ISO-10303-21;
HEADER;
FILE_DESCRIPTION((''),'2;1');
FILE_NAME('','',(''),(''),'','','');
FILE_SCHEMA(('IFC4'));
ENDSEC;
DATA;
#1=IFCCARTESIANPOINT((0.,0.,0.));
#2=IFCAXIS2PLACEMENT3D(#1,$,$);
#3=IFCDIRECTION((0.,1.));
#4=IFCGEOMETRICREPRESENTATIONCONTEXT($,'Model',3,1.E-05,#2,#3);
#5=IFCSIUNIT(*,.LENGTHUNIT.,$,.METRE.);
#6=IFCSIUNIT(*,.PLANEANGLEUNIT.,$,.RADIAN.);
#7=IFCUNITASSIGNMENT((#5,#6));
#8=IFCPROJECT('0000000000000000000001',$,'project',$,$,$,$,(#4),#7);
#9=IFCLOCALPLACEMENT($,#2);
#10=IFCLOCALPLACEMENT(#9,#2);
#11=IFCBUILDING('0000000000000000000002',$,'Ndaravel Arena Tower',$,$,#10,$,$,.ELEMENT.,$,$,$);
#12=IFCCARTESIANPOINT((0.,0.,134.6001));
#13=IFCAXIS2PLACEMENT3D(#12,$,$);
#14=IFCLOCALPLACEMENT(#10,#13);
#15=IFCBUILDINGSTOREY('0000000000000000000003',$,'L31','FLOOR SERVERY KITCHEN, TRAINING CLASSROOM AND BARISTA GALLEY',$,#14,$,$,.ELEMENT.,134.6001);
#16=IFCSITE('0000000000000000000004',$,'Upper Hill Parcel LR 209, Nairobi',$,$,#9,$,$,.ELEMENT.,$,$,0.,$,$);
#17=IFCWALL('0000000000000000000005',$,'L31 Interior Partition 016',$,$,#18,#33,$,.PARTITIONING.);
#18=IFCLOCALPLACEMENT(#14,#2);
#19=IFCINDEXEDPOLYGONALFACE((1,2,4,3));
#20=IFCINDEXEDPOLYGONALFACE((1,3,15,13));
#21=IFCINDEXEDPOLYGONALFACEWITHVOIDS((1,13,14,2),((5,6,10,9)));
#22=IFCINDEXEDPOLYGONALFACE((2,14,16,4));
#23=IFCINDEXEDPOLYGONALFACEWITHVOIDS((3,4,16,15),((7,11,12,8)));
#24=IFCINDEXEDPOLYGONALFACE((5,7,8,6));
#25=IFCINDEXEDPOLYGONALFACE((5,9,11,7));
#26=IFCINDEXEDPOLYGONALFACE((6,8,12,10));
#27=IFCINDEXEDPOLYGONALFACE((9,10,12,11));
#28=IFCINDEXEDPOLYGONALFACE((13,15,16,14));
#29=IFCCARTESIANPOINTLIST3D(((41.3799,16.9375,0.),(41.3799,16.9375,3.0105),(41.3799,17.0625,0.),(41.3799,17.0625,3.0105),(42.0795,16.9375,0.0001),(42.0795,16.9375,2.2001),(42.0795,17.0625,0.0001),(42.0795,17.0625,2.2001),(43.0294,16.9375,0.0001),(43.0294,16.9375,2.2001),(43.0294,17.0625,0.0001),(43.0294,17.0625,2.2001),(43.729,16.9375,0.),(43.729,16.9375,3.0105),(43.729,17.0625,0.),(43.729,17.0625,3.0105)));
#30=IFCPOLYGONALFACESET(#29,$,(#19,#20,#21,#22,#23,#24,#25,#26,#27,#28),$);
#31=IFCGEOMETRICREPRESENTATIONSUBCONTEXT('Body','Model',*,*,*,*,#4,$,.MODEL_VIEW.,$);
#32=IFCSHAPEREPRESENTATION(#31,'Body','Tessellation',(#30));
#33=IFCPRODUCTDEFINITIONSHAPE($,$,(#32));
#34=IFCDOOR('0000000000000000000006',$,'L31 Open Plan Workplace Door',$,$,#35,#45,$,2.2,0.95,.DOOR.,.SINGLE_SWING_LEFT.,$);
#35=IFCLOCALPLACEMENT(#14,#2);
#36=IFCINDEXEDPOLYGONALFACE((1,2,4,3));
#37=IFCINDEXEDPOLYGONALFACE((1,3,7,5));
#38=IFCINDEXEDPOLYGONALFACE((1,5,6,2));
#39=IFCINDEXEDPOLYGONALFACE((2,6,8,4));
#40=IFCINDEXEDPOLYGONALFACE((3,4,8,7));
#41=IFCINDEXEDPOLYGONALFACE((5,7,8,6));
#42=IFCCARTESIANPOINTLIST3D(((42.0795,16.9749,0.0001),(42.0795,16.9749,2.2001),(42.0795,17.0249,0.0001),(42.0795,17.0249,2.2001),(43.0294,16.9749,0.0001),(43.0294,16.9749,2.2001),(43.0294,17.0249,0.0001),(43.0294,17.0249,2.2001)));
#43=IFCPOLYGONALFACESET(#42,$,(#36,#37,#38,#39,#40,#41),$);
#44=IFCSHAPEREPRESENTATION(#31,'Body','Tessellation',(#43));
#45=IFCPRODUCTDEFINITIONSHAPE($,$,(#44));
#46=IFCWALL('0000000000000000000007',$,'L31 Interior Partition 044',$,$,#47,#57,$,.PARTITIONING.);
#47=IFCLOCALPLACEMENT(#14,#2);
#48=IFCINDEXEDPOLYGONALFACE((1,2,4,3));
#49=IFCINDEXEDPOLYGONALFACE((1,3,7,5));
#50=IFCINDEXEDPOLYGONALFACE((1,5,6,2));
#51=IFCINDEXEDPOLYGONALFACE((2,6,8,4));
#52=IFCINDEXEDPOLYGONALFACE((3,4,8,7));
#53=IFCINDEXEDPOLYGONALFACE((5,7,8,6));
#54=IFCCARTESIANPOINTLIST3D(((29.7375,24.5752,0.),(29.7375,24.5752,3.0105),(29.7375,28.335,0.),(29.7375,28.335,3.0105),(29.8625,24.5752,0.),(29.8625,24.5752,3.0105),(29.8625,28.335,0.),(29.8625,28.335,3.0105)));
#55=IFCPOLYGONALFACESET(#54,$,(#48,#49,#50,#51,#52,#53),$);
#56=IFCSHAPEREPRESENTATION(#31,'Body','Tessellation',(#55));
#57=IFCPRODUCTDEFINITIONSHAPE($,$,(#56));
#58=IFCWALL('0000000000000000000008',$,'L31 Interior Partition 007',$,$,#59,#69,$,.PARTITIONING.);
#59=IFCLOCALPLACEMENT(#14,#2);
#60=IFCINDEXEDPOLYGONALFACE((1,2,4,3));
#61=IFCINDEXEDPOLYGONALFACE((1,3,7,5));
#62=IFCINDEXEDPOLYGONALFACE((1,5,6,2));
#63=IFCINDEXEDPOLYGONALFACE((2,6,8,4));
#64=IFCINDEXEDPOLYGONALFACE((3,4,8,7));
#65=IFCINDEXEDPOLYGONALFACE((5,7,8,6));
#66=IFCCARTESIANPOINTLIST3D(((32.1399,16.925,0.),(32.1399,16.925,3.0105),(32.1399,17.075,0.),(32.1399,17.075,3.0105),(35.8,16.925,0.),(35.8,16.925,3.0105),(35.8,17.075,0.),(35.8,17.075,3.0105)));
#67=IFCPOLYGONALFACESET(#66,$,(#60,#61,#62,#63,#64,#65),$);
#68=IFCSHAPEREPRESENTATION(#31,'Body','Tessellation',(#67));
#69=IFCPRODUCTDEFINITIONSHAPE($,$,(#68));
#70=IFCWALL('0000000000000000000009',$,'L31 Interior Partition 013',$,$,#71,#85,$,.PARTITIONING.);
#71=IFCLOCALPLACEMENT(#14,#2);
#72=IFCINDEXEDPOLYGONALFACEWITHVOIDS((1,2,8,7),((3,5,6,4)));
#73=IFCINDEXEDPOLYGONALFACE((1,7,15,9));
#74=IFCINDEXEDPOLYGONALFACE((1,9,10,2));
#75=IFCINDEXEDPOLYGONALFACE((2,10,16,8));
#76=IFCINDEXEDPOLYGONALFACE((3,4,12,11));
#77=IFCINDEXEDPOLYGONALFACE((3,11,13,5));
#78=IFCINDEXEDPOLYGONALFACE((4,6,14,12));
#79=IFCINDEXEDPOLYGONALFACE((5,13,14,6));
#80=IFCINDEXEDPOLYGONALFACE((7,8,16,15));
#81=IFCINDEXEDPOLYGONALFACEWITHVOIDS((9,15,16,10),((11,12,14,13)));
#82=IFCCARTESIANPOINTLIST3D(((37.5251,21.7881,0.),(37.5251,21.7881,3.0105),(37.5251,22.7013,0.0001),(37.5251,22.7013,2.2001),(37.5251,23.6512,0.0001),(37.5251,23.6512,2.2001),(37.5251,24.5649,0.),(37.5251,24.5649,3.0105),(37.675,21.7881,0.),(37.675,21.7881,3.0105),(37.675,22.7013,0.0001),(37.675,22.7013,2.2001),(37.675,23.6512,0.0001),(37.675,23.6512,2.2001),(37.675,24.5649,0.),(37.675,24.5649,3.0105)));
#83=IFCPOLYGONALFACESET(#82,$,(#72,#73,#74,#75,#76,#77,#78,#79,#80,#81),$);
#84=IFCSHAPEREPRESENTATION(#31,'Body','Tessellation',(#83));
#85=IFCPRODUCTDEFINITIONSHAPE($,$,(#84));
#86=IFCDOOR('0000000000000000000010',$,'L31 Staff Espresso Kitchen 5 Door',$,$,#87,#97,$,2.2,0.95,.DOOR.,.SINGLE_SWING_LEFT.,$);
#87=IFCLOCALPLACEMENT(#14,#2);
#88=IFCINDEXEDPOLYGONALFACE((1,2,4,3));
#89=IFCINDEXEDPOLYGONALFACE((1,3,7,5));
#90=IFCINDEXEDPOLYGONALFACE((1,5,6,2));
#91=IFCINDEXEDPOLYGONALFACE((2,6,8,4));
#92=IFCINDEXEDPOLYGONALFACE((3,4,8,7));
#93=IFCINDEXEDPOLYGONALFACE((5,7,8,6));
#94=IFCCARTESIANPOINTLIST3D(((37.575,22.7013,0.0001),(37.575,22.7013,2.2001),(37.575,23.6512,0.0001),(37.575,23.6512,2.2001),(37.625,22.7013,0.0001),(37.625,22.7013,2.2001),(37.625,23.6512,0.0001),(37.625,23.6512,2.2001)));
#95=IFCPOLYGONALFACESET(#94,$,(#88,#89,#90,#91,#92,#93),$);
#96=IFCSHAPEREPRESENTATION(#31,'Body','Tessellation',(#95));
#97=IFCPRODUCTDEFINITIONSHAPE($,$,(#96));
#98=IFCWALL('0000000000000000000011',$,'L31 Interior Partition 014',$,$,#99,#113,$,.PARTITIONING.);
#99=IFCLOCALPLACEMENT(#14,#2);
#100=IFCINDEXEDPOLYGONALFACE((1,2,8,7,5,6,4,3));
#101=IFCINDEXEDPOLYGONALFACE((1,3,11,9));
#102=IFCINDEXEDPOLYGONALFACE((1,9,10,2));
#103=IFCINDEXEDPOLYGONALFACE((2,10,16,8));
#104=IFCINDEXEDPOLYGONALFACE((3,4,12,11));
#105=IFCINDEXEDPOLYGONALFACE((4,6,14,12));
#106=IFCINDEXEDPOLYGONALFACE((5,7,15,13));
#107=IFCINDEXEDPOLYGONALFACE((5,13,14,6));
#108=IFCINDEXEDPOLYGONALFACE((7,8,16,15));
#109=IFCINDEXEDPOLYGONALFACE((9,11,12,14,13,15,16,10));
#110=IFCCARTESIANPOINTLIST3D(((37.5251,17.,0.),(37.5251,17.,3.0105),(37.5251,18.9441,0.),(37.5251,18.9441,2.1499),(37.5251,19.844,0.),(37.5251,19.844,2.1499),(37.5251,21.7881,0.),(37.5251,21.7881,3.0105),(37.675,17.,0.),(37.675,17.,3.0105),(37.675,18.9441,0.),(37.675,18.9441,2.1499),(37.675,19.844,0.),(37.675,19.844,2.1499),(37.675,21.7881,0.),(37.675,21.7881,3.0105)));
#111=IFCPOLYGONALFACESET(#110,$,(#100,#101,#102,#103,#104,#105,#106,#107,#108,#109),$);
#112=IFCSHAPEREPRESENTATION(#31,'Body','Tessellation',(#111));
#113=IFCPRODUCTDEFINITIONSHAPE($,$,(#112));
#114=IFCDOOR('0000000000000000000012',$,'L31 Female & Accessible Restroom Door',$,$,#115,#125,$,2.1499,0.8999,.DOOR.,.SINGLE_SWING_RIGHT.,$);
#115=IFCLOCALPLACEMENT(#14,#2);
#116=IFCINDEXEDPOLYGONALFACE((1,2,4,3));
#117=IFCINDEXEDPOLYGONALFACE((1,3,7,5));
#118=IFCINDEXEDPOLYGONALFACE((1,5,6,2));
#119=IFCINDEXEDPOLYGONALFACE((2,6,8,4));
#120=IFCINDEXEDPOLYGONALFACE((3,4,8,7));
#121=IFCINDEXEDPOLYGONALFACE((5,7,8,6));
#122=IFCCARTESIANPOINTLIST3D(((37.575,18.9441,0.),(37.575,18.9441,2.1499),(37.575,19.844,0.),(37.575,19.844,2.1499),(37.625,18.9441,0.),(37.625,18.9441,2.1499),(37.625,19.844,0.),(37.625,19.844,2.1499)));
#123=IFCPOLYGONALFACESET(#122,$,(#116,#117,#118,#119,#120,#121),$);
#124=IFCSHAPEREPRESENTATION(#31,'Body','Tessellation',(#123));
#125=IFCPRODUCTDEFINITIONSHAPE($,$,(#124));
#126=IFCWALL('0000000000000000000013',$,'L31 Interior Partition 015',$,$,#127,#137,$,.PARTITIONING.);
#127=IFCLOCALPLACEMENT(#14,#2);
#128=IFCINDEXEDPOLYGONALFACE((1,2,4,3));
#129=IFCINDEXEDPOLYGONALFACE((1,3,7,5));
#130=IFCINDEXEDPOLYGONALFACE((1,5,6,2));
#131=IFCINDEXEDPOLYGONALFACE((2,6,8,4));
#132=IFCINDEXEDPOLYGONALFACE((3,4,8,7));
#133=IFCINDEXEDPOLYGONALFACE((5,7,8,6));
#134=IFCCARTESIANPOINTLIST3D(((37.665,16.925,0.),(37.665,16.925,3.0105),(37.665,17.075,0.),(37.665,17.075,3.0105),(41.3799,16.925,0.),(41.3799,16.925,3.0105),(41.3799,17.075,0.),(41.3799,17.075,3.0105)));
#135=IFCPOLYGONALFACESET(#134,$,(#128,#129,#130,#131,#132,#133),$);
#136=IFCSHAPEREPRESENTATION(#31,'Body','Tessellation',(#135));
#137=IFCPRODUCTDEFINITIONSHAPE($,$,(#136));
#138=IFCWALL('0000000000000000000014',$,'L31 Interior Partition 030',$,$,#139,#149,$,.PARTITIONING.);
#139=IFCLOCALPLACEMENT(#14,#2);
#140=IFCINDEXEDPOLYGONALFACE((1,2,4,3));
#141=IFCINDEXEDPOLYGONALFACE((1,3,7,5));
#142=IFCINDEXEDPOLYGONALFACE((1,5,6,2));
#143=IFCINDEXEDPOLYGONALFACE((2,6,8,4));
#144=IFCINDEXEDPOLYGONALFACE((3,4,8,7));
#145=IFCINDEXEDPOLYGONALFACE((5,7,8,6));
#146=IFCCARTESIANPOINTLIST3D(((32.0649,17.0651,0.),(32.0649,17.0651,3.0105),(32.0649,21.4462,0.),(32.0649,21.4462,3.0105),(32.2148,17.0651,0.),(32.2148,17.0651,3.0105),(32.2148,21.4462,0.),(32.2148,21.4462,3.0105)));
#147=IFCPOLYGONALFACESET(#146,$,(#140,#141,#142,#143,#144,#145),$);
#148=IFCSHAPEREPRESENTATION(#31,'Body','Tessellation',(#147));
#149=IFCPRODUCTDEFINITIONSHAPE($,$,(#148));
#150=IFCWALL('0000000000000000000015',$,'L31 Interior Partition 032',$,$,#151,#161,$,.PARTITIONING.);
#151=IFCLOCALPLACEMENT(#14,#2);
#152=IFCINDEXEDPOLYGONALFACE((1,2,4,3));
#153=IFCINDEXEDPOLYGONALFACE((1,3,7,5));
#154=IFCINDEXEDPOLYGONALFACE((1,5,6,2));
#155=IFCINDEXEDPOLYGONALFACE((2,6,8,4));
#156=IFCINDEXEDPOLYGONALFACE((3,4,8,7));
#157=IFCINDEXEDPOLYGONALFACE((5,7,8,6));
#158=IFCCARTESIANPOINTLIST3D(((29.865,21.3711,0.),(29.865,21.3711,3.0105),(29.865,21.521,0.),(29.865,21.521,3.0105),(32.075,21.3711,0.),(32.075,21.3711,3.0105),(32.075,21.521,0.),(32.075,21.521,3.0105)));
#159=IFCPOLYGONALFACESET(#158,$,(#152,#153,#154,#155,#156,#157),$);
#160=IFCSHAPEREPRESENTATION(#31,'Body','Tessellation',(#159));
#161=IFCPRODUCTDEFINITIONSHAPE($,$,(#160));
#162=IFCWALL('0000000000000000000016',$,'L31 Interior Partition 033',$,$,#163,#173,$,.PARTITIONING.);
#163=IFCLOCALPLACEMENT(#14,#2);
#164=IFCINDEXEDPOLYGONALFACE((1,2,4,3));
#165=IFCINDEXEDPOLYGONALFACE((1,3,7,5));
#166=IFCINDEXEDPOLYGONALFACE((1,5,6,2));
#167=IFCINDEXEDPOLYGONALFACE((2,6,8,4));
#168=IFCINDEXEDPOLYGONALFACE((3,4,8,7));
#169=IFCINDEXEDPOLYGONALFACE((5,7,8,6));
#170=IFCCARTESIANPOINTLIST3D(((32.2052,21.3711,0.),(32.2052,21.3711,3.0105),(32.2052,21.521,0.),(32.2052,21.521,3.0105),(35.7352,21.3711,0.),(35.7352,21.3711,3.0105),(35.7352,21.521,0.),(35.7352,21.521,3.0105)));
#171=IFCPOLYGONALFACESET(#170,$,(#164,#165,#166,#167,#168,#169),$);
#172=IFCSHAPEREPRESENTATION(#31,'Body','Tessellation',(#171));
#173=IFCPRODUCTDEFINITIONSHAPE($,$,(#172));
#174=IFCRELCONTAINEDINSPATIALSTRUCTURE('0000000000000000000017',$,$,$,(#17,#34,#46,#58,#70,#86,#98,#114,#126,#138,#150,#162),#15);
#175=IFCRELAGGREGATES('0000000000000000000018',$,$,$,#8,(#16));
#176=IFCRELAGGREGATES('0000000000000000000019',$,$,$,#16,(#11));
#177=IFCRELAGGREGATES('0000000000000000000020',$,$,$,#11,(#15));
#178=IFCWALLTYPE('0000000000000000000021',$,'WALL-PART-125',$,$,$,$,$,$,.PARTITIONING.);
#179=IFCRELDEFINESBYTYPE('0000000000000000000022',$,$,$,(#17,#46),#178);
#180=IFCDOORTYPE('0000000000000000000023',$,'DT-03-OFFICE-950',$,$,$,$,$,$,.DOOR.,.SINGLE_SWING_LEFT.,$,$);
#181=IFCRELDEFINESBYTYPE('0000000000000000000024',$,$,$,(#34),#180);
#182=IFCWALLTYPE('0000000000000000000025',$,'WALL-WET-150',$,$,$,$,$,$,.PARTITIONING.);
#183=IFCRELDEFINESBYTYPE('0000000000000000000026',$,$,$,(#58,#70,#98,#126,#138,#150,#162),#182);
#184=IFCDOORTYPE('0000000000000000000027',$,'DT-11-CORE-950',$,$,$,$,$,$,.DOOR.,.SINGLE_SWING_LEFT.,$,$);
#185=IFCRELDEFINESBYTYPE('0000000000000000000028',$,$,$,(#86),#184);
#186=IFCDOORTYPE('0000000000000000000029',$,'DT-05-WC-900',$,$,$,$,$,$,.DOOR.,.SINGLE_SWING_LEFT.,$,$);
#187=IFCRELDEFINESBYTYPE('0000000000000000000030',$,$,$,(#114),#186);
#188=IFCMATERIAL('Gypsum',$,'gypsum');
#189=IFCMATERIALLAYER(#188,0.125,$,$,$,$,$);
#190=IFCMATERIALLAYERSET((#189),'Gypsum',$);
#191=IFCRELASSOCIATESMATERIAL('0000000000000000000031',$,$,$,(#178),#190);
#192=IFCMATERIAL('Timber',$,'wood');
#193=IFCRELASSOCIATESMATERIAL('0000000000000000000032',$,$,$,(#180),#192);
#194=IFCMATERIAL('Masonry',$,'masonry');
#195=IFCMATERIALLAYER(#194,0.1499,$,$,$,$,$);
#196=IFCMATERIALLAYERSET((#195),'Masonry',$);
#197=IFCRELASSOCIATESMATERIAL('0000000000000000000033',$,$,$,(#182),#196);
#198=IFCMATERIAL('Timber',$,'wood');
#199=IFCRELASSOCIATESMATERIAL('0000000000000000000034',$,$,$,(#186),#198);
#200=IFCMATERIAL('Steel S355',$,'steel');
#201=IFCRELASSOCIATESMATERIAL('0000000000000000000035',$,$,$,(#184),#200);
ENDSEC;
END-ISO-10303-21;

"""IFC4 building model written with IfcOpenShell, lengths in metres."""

from ifc_helpers import new_model, si_unit, direction, frame, frame_2d, origin, place, context, subcontext, project, spatial, rectangle, extrude, material, layer, layer_set, type_object, element, fill, save


model = new_model("IFC4")

# Units and contexts
model_context = context("Model", 3, precision=1e-05, world=origin(), true_north=direction((0.0, 1.0)))
body_context = subcontext(model_context, "Body", "Model", "MODEL_VIEW")
ifc_project = project(units=[si_unit("LENGTHUNIT", "METRE"), si_unit("PLANEANGLEUNIT", "RADIAN")], contexts=[model_context])

# Site, building, storey
site_placement = place(None, origin())
site = spatial("IfcSite", under=ifc_project, at=site_placement, Name="Upper Hill Parcel LR 209, Nairobi", CompositionType="ELEMENT", RefElevation=0.0)
building_placement = place(site_placement, origin())
building = spatial("IfcBuilding", under=site, at=building_placement, Name="Ndaravel Arena Tower", CompositionType="ELEMENT")
storey_placement = place(building_placement, frame((0.0, 0.0, 134.6001)))
storey = spatial("IfcBuildingStorey", under=building, at=storey_placement, Name="L31", Description="FLOOR SERVERY KITCHEN, TRAINING CLASSROOM AND BARISTA GALLEY", CompositionType="ELEMENT", Elevation=134.6001)

# Wall, opening, door
ifc_material_1 = material(Name="Gypsum", Category="gypsum")
ifc_layer_1 = layer(ifc_material_1, 0.125)
ifc_layer_set_1 = layer_set([ifc_layer_1], Name="Gypsum")
wall_type_1 = type_object("IfcWallType", Name="WALL-PART-125", PredefinedType="PARTITIONING", material=ifc_layer_set_1)
ifc_material_2 = material(Name="Timber", Category="wood")
door_type_1 = type_object("IfcDoorType", Name="DT-03-OFFICE-950", OperationType="SINGLE_SWING_LEFT", PredefinedType="DOOR", material=ifc_material_2)
wall_1_placement = place(storey_placement, frame((41.3799, 17.0, 0.0), z_axis=(0.0, 0.0, 1.0), x_axis=(1.0, 0.0, 0.0)))
wall_1 = element("IfcWall", 1, at=wall_1_placement, inside=storey, type_object=wall_type_1, Name="L31 Interior Partition 016", PredefinedType="PARTITIONING", context=body_context, shape_type="SweptSolid", body=[
    extrude(rectangle(XDim=2.3491, YDim=0.125, at=frame_2d((1.1746, 0.0))), origin(), (0.0, 0.0, 1.0), 3.0105),
])
opening_1_placement = place(wall_1_placement, frame((0.6995, 0.0, 0.0)))
opening_1 = element("IfcOpeningElement", 2, at=opening_1_placement, cuts=wall_1, PredefinedType="OPENING", context=body_context, shape_type="SweptSolid", body=[
    extrude(rectangle(XDim=0.95, YDim=2.2, at=frame_2d((0.4751, 1.1001))), frame((0.0, 0.0625, 0.0), z_axis=(0.0, -1.0, 0.0), x_axis=(1.0, 0.0, 0.0)), (0.0, 0.0, 1.0), 0.125),
])
door_1_placement = place(opening_1_placement, origin())
door_1 = element("IfcDoor", 3, at=door_1_placement, inside=storey, type_object=door_type_1, Name="L31 Open Plan Workplace Door", OperationType="SINGLE_SWING_LEFT", OverallHeight=2.2, OverallWidth=0.95, PredefinedType="DOOR", context=body_context, shape_type="SweptSolid", body=[
    extrude(rectangle(XDim=0.95, YDim=2.2, at=frame_2d((0.4751, 1.1001))), frame((0.0, 0.0249, 0.0), z_axis=(0.0, -1.0, 0.0), x_axis=(1.0, 0.0, 0.0)), (0.0, 0.0, 1.0), 0.05),
])
fill(opening_1, door_1)

# Walls
wall_2_placement = place(storey_placement, frame((29.8, 28.335, 0.0), z_axis=(0.0, 0.0, 1.0), x_axis=(0.0, -1.0, 0.0)))
element("IfcWall", 4, at=wall_2_placement, inside=storey, type_object=wall_type_1, Name="L31 Interior Partition 044", PredefinedType="PARTITIONING", context=body_context, shape_type="SweptSolid", body=[
    extrude(rectangle(XDim=3.7598, YDim=0.125, at=frame_2d((1.8799, 0.0))), origin(), (0.0, 0.0, 1.0), 3.0105),
])
ifc_material_3 = material(Name="Masonry", Category="masonry")
ifc_layer_2 = layer(ifc_material_3, 0.1499)
ifc_layer_set_2 = layer_set([ifc_layer_2], Name="Masonry")
wall_type_2 = type_object("IfcWallType", Name="WALL-WET-150", PredefinedType="PARTITIONING", material=ifc_layer_set_2)
wall_3_placement = place(storey_placement, frame((32.1399, 17.0, 0.0), z_axis=(0.0, 0.0, 1.0), x_axis=(1.0, 0.0, 0.0)))
element("IfcWall", 5, at=wall_3_placement, inside=storey, type_object=wall_type_2, Name="L31 Interior Partition 007", PredefinedType="PARTITIONING", context=body_context, shape_type="SweptSolid", body=[
    extrude(rectangle(XDim=3.6602, YDim=0.1499, at=frame_2d((1.8301, 0.0))), origin(), (0.0, 0.0, 1.0), 3.0105),
])

# Walls, openings, doors
ifc_material_4 = material(Name="Timber", Category="wood")
door_type_2 = type_object("IfcDoorType", Name="DT-05-WC-900", OperationType="SINGLE_SWING_LEFT", PredefinedType="DOOR", material=ifc_material_4)
wall_4_placement = place(storey_placement, frame((37.6001, 24.5649, 0.0), z_axis=(0.0, 0.0, 1.0), x_axis=(0.0, -1.0, 0.0)))
wall_4 = element("IfcWall", 6, at=wall_4_placement, inside=storey, type_object=wall_type_2, Name="L31 Interior Partition 013", PredefinedType="PARTITIONING", context=body_context, shape_type="SweptSolid", body=[
    extrude(rectangle(XDim=2.7769, YDim=0.1499, at=frame_2d((1.3884, 0.0))), origin(), (0.0, 0.0, 1.0), 3.0105),
])
opening_2_placement = place(wall_4_placement, frame((0.9136, 0.0, 0.0)))
opening_2 = element("IfcOpeningElement", 7, at=opening_2_placement, cuts=wall_4, PredefinedType="OPENING", context=body_context, shape_type="SweptSolid", body=[
    extrude(rectangle(XDim=0.95, YDim=2.2, at=frame_2d((0.4751, 1.1001))), frame((0.0, 0.075, 0.0), z_axis=(0.0, -1.0, 0.0), x_axis=(1.0, 0.0, 0.0)), (0.0, 0.0, 1.0), 0.1499),
])
ifc_material_5 = material(Name="Steel S355", Category="steel")
door_type_3 = type_object("IfcDoorType", Name="DT-11-CORE-950", OperationType="SINGLE_SWING_LEFT", PredefinedType="DOOR", material=ifc_material_5)
door_2_placement = place(opening_2_placement, origin())
door_2 = element("IfcDoor", 8, at=door_2_placement, inside=storey, type_object=door_type_3, Name="L31 Staff Espresso Kitchen 5 Door", OperationType="SINGLE_SWING_LEFT", OverallHeight=2.2, OverallWidth=0.95, PredefinedType="DOOR", context=body_context, shape_type="SweptSolid", body=[
    extrude(rectangle(XDim=0.95, YDim=2.2, at=frame_2d((0.4751, 1.1001))), frame((0.0, 0.0249, 0.0), z_axis=(0.0, -1.0, 0.0), x_axis=(1.0, 0.0, 0.0)), (0.0, 0.0, 1.0), 0.05),
])
fill(opening_2, door_2)
wall_5_placement = place(storey_placement, frame((37.6001, 21.7881, 0.0), z_axis=(0.0, 0.0, 1.0), x_axis=(0.0, -1.0, 0.0)))
wall_5 = element("IfcWall", 9, at=wall_5_placement, inside=storey, type_object=wall_type_2, Name="L31 Interior Partition 014", PredefinedType="PARTITIONING", context=body_context, shape_type="SweptSolid", body=[
    extrude(rectangle(XDim=4.7881, YDim=0.1499, at=frame_2d((2.394, 0.0))), origin(), (0.0, 0.0, 1.0), 3.0105),
])
opening_3_placement = place(wall_5_placement, frame((1.9441, 0.0, 0.0)))
opening_3 = element("IfcOpeningElement", 10, at=opening_3_placement, cuts=wall_5, PredefinedType="OPENING", context=body_context, shape_type="SweptSolid", body=[
    extrude(rectangle(XDim=0.8999, YDim=2.1499, at=frame_2d((0.45, 1.075))), frame((0.0, 0.075, 0.0), z_axis=(0.0, -1.0, 0.0), x_axis=(1.0, 0.0, 0.0)), (0.0, 0.0, 1.0), 0.1499),
])
door_3_placement = place(opening_3_placement, origin())
door_3 = element("IfcDoor", 11, at=door_3_placement, inside=storey, type_object=door_type_2, Name="L31 Female & Accessible Restroom Door", OperationType="SINGLE_SWING_RIGHT", OverallHeight=2.1499, OverallWidth=0.8999, PredefinedType="DOOR", context=body_context, shape_type="SweptSolid", body=[
    extrude(rectangle(XDim=0.8999, YDim=2.1499, at=frame_2d((0.45, 1.075))), frame((0.0, 0.0249, 0.0), z_axis=(0.0, -1.0, 0.0), x_axis=(1.0, 0.0, 0.0)), (0.0, 0.0, 1.0), 0.05),
])
fill(opening_3, door_3)

# Walls
wall_6_placement = place(storey_placement, frame((37.665, 17.0, 0.0), z_axis=(0.0, 0.0, 1.0), x_axis=(1.0, 0.0, 0.0)))
element("IfcWall", 12, at=wall_6_placement, inside=storey, type_object=wall_type_2, Name="L31 Interior Partition 015", PredefinedType="PARTITIONING", context=body_context, shape_type="SweptSolid", body=[
    extrude(rectangle(XDim=3.7148, YDim=0.1499, at=frame_2d((1.8574, 0.0))), origin(), (0.0, 0.0, 1.0), 3.0105),
])
wall_7_placement = place(storey_placement, frame((32.1399, 21.446, 0.0), z_axis=(0.0, 0.0, 1.0), x_axis=(0.0, -1.0, 0.0)))
element("IfcWall", 13, at=wall_7_placement, inside=storey, type_object=wall_type_2, Name="L31 Interior Partition 030", PredefinedType="PARTITIONING", context=body_context, shape_type="SweptSolid", body=[
    extrude(rectangle(XDim=4.3811, YDim=0.1499, at=frame_2d((2.1904, 0.0))), origin(), (0.0, 0.0, 1.0), 3.0105),
])
wall_8_placement = place(storey_placement, frame((29.865, 21.446, 0.0), z_axis=(0.0, 0.0, 1.0), x_axis=(1.0, 0.0, 0.0)))
element("IfcWall", 14, at=wall_8_placement, inside=storey, type_object=wall_type_2, Name="L31 Interior Partition 032", PredefinedType="PARTITIONING", context=body_context, shape_type="SweptSolid", body=[
    extrude(rectangle(XDim=2.21, YDim=0.1499, at=frame_2d((1.105, 0.0))), origin(), (0.0, 0.0, 1.0), 3.0105),
])
wall_9_placement = place(storey_placement, frame((32.2051, 21.446, 0.0), z_axis=(0.0, 0.0, 1.0), x_axis=(1.0, 0.0, 0.0)))
element("IfcWall", 15, at=wall_9_placement, inside=storey, type_object=wall_type_2, Name="L31 Interior Partition 033", PredefinedType="PARTITIONING", context=body_context, shape_type="SweptSolid", body=[
    extrude(rectangle(XDim=3.53, YDim=0.1499, at=frame_2d((1.7651, 0.0))), origin(), (0.0, 0.0, 1.0), 3.0105),
])

save(model, "model.ifc")
